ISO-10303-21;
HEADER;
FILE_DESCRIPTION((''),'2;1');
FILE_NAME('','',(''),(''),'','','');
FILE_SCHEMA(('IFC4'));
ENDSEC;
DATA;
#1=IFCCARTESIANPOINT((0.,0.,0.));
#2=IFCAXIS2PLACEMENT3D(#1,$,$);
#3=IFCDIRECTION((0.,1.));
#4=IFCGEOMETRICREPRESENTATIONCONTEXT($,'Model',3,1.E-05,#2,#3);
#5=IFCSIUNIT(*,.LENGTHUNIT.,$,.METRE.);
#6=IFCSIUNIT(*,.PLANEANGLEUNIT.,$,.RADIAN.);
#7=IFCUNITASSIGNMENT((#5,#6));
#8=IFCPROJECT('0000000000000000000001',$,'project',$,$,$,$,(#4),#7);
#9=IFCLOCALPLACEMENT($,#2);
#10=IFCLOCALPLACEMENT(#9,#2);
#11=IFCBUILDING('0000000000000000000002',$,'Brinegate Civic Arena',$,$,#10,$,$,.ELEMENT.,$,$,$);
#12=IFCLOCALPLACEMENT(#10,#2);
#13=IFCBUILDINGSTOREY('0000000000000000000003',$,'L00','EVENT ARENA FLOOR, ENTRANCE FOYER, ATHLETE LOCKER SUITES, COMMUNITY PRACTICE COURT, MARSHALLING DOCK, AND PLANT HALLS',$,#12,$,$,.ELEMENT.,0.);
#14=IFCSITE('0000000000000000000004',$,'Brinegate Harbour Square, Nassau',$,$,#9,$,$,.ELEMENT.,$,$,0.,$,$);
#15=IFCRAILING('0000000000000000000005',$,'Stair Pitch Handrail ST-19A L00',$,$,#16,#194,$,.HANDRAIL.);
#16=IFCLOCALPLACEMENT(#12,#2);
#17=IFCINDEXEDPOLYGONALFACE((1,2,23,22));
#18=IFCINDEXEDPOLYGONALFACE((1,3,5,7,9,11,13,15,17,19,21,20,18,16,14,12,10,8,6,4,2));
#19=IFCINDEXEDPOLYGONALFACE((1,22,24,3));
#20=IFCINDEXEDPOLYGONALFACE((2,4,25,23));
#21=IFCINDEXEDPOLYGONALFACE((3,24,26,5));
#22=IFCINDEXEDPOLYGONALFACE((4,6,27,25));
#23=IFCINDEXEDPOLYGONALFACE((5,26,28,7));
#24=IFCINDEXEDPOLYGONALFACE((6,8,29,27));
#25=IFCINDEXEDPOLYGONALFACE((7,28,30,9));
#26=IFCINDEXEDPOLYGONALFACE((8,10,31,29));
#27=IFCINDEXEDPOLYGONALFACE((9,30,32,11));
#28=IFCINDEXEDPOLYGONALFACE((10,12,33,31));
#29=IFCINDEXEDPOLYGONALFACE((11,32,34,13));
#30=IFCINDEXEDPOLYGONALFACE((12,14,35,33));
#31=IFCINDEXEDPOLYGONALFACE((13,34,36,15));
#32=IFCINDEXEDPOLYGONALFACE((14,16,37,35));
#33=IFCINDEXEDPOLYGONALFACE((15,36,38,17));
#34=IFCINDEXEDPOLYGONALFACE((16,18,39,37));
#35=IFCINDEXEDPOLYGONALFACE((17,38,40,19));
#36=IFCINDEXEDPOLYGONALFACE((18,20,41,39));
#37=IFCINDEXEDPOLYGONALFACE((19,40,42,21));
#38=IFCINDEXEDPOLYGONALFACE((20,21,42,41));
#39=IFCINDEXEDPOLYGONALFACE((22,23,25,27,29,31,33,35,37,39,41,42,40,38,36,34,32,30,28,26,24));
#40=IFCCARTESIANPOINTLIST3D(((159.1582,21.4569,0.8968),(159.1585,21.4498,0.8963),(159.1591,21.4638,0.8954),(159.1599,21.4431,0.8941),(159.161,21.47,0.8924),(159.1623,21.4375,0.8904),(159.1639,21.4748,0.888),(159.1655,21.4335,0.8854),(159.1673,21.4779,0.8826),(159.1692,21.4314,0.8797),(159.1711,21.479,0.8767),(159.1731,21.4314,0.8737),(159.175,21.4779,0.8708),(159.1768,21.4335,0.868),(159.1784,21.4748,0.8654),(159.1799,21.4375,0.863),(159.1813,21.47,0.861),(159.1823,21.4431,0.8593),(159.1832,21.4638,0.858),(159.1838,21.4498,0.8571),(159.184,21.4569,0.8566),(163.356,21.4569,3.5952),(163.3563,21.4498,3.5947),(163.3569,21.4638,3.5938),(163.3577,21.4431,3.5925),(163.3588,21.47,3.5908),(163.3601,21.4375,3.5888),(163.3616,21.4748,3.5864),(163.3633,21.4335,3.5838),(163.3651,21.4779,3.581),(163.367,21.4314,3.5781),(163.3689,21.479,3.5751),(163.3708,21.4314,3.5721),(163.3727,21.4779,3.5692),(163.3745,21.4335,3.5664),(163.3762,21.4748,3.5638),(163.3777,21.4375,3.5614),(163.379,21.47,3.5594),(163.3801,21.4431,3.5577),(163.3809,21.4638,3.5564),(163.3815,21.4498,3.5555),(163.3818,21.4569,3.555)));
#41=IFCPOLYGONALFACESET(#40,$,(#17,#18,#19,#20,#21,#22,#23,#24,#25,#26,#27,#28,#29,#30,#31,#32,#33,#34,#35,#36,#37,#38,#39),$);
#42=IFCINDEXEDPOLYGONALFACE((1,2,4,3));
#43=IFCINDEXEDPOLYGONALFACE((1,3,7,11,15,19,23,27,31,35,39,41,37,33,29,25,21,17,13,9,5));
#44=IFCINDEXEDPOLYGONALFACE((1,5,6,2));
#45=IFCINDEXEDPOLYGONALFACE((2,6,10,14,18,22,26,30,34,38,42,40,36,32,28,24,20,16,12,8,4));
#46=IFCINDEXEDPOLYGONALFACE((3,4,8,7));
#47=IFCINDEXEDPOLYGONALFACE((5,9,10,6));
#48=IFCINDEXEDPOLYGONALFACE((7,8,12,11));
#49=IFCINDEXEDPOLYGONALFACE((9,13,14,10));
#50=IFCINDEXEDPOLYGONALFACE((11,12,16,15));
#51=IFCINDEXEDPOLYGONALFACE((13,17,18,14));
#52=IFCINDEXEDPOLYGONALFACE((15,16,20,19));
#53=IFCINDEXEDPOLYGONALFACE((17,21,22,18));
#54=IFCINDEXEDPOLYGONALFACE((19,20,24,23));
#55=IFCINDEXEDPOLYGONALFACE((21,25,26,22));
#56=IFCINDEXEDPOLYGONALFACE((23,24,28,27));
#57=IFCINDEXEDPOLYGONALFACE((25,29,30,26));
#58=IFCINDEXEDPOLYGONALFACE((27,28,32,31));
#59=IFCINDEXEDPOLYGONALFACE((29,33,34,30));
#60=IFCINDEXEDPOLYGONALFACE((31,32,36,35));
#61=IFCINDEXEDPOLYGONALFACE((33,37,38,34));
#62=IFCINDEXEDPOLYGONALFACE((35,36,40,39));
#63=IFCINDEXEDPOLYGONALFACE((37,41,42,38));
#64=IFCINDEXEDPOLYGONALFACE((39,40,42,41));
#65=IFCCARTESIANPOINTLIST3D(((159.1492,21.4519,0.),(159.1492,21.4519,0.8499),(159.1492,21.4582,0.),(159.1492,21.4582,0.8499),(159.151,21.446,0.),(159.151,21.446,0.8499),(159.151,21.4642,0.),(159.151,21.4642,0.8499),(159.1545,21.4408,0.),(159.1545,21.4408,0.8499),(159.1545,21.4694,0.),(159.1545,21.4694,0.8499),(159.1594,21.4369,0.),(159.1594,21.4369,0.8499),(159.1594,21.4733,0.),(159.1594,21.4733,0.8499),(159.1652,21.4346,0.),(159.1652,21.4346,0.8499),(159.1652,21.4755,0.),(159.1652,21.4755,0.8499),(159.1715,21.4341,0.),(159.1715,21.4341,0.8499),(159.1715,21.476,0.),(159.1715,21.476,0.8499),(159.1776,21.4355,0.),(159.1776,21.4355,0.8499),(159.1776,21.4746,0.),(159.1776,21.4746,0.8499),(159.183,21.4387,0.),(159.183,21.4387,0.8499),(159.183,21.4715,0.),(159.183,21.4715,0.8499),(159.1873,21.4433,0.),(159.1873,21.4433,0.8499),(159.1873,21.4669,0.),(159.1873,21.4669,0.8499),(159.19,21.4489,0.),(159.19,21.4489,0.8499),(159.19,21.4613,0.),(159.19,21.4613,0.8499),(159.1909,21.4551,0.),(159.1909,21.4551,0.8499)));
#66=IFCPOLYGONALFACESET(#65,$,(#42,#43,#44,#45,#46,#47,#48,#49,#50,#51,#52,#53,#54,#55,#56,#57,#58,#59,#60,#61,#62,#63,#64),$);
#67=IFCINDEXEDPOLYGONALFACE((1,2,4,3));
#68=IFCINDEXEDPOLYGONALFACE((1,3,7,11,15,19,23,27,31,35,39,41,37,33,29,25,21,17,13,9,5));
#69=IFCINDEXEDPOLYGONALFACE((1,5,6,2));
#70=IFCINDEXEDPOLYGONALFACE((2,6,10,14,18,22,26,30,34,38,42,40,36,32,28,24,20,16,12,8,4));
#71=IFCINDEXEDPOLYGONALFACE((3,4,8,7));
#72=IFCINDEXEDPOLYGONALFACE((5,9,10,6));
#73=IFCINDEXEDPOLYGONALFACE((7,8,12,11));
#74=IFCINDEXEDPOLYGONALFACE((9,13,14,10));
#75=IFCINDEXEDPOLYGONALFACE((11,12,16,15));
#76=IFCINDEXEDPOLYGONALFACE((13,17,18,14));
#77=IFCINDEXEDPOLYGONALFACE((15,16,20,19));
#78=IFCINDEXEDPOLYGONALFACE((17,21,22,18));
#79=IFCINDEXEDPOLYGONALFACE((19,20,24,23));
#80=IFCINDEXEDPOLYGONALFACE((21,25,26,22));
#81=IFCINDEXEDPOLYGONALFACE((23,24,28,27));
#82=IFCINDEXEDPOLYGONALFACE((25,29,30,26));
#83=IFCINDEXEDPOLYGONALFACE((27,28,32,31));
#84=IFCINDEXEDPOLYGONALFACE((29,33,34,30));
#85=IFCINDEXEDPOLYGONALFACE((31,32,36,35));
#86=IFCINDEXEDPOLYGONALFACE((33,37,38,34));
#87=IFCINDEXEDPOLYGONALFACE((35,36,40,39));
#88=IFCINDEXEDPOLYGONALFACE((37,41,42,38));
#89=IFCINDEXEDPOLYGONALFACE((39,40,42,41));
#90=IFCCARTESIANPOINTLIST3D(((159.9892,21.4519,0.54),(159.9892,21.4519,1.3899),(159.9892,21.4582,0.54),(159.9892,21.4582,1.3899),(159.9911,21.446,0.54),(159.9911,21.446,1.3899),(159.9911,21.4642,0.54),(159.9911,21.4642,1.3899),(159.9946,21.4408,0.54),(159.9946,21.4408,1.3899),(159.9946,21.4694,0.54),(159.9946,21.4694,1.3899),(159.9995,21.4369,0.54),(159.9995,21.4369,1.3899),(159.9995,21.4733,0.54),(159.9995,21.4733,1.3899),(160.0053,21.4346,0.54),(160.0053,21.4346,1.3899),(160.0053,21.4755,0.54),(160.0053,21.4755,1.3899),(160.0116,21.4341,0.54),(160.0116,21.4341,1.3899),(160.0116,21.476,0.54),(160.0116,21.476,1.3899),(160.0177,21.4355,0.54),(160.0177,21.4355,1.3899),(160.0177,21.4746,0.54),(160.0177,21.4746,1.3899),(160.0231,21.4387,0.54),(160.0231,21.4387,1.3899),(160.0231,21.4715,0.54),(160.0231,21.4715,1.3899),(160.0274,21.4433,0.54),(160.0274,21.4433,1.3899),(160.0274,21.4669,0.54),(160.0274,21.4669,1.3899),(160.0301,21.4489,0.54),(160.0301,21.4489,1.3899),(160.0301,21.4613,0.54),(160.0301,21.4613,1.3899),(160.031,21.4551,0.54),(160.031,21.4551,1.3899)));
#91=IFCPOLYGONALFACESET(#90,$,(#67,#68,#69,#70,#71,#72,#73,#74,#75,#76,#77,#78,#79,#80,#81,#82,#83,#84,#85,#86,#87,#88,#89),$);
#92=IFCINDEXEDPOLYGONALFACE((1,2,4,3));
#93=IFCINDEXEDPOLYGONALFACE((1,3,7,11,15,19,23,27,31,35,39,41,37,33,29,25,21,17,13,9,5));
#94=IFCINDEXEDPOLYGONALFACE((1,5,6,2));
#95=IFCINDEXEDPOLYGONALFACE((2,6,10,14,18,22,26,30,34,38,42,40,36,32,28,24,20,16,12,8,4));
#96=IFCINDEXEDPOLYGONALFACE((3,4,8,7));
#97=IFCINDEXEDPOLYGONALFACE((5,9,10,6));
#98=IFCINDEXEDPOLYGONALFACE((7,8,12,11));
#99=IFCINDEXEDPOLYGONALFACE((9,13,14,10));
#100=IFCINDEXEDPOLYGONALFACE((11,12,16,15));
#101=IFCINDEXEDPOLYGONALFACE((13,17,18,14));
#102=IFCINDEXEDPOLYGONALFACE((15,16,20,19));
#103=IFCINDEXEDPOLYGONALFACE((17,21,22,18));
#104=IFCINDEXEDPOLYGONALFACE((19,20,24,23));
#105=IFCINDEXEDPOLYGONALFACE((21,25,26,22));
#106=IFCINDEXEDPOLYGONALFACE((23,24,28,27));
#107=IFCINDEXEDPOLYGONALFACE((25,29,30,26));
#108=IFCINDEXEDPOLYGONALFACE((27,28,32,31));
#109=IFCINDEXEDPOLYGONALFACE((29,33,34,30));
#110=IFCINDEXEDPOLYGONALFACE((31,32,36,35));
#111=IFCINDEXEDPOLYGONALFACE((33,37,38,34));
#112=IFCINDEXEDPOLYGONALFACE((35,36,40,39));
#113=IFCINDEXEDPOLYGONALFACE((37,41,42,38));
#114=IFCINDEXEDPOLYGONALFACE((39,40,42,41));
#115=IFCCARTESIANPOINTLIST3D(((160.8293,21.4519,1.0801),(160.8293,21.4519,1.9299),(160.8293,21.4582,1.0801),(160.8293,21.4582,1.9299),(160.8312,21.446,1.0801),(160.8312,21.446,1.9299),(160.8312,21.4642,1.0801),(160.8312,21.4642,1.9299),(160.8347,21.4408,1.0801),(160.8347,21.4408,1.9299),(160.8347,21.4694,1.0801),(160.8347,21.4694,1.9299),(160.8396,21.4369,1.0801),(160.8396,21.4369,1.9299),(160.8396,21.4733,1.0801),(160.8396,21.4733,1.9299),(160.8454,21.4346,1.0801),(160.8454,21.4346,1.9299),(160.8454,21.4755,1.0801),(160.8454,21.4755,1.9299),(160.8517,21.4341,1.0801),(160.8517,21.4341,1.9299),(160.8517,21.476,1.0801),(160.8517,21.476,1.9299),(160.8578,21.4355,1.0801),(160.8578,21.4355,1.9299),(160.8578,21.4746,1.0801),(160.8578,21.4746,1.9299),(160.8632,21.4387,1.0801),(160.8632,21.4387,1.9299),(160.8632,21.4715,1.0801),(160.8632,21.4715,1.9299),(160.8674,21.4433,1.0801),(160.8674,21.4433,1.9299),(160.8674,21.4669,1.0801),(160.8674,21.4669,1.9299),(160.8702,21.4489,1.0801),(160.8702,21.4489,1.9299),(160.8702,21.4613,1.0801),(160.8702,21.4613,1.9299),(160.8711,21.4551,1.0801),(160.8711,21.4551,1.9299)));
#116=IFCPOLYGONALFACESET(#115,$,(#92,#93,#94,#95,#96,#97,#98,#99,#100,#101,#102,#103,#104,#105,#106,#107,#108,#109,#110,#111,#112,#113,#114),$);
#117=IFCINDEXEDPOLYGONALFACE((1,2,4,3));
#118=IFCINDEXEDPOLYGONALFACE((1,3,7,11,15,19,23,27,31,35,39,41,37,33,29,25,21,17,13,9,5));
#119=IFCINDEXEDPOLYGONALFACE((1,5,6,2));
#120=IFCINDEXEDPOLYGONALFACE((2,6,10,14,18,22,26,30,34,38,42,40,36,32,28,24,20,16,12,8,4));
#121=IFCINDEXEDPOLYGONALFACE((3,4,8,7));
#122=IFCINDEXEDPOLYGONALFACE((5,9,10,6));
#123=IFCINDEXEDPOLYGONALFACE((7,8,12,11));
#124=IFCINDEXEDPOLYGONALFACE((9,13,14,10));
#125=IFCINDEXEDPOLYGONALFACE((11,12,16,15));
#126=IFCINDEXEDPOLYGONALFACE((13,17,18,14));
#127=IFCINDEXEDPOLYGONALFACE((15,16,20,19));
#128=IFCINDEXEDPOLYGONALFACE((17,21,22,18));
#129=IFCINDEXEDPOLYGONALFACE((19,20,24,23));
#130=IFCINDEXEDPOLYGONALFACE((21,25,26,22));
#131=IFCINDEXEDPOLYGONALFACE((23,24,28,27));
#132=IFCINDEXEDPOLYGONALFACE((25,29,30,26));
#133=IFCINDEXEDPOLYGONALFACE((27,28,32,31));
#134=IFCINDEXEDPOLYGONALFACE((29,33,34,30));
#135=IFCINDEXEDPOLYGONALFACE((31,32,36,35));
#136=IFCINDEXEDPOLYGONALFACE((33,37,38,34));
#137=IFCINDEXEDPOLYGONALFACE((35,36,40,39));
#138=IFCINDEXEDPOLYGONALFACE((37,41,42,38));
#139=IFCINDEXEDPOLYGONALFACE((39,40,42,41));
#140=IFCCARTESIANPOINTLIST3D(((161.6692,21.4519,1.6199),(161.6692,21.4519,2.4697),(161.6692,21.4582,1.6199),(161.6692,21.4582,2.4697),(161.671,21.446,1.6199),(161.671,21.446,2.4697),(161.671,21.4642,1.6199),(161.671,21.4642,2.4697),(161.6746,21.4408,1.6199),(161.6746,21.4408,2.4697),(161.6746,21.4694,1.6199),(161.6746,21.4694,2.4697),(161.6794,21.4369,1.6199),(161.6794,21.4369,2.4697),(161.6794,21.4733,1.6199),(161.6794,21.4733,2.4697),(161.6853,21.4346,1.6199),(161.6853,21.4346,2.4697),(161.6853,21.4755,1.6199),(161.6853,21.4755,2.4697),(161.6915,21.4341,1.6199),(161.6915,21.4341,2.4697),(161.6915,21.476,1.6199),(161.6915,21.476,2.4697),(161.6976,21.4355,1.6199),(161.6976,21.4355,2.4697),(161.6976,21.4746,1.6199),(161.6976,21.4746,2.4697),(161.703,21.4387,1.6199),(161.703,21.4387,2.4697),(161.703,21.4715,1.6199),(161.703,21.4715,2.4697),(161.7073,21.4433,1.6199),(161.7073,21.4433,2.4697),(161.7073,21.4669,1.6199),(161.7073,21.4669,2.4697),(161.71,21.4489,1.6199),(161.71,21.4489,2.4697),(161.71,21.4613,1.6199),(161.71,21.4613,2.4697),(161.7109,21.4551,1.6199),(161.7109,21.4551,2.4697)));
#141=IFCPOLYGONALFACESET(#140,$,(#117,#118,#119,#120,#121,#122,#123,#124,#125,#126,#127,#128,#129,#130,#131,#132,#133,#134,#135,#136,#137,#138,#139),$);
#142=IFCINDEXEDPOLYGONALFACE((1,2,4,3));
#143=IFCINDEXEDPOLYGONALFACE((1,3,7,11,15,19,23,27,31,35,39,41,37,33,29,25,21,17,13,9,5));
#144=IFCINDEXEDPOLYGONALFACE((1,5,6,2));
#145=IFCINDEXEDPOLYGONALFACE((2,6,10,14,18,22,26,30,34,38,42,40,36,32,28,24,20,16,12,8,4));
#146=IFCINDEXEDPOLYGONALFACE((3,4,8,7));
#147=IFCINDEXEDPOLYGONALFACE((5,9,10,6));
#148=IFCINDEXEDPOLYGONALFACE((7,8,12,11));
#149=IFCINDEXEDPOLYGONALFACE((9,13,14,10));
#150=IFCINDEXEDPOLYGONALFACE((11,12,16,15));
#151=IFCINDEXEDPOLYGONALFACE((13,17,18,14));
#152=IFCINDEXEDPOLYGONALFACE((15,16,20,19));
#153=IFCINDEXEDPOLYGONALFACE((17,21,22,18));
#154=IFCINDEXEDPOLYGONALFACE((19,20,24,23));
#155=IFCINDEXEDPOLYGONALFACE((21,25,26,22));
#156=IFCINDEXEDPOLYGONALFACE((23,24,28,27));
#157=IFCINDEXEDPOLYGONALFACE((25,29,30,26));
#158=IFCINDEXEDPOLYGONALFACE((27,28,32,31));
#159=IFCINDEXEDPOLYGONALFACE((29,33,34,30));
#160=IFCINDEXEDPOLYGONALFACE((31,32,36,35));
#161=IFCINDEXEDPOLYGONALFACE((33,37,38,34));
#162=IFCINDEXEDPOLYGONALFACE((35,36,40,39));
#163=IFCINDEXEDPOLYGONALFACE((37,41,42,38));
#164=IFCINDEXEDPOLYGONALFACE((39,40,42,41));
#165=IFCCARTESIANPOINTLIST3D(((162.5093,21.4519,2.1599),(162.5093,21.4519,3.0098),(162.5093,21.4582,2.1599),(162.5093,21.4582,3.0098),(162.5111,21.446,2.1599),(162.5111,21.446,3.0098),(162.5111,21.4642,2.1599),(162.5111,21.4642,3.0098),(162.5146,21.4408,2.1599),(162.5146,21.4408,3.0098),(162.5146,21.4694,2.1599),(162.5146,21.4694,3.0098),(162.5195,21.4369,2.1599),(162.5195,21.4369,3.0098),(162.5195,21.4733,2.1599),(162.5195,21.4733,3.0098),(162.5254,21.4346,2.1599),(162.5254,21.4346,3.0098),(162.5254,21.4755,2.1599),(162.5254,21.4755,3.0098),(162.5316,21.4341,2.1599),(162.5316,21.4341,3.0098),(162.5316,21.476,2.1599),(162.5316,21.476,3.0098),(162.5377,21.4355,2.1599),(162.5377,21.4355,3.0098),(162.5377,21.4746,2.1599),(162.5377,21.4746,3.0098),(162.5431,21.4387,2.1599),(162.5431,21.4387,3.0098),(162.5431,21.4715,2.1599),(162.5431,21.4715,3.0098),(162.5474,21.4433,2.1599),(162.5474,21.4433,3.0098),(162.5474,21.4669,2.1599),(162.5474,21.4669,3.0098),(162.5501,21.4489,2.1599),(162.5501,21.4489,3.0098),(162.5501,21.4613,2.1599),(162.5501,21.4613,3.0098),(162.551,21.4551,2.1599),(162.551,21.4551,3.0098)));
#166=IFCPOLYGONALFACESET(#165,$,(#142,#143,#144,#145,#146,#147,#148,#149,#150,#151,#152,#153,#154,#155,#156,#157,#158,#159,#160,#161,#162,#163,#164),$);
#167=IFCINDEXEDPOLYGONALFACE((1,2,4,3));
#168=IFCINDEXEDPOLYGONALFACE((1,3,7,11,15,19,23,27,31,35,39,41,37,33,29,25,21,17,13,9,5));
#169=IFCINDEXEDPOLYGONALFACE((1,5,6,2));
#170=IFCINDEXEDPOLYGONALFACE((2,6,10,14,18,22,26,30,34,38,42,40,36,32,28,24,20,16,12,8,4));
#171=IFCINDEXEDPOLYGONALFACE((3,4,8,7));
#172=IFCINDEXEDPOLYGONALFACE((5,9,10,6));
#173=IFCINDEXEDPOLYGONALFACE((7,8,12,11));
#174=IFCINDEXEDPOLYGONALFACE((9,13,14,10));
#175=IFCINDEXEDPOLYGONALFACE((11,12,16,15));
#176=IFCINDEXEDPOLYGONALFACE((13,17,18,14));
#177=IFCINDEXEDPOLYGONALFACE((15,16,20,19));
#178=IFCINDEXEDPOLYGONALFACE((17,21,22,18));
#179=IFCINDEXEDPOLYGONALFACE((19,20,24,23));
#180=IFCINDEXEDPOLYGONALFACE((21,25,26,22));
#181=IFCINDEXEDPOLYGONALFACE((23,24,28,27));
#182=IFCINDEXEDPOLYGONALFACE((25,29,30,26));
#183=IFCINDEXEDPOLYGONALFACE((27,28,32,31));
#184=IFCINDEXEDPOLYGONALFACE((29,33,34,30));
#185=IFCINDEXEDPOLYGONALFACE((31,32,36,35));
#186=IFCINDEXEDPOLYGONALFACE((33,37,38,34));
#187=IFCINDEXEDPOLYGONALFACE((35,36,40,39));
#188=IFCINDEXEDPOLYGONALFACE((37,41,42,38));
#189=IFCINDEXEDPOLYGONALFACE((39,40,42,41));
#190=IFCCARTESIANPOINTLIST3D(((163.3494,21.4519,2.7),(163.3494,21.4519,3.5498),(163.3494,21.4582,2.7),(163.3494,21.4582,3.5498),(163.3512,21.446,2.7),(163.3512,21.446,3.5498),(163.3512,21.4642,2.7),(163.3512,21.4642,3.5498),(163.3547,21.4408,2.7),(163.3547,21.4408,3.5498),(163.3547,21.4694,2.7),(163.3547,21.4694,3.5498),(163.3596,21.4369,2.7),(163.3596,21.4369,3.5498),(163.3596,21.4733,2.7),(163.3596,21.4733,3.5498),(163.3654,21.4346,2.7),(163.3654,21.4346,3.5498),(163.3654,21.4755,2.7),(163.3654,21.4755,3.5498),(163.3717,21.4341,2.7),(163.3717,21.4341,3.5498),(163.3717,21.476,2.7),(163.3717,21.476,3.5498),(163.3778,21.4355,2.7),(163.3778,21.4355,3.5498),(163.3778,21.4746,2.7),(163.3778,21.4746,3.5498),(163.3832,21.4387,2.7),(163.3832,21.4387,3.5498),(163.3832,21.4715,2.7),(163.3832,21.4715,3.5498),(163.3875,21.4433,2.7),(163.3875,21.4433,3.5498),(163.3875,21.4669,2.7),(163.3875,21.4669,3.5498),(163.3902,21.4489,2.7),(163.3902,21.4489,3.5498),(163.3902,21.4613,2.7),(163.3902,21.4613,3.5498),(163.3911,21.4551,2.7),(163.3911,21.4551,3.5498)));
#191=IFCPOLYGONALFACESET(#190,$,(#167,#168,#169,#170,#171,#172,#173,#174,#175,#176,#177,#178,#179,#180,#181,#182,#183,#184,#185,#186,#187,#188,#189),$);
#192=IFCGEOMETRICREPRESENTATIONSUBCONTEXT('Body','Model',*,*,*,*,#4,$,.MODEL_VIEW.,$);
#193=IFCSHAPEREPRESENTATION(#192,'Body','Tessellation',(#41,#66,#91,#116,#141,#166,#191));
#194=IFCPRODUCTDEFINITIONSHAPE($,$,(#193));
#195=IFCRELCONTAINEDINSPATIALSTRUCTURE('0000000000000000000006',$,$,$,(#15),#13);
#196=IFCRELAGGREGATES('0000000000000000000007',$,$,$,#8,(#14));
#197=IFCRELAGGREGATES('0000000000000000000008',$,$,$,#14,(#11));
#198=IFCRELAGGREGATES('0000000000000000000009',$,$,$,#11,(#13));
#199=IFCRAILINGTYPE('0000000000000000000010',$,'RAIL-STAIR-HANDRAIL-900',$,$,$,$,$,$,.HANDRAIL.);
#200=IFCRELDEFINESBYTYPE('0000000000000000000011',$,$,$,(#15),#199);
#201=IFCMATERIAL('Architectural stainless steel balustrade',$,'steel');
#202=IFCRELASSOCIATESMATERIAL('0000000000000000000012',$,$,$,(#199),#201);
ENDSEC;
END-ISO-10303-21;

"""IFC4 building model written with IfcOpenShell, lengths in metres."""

from ifc_helpers import new_model, si_unit, direction, frame, origin, origin_2d, place, context, subcontext, project, spatial, circle, extrude, material, type_object, element, save


model = new_model("IFC4")

# Units and contexts
model_context = context("Model", 3, precision=1e-05, world=origin(), true_north=direction((0.0, 1.0)))
body_context = subcontext(model_context, "Body", "Model", "MODEL_VIEW")
ifc_project = project(units=[si_unit("LENGTHUNIT", "METRE"), si_unit("PLANEANGLEUNIT", "RADIAN")], contexts=[model_context])

# Site, building, storey
site_placement = place(None, origin())
site = spatial("IfcSite", under=ifc_project, at=site_placement, Name="Brinegate Harbour Square, Nassau", CompositionType="ELEMENT", RefElevation=0.0)
building_placement = place(site_placement, origin())
building = spatial("IfcBuilding", under=site, at=building_placement, Name="Brinegate Civic Arena", CompositionType="ELEMENT")
storey_placement = place(building_placement, origin())
storey = spatial("IfcBuildingStorey", under=building, at=storey_placement, Name="L00", Description="EVENT ARENA FLOOR, ENTRANCE FOYER, ATHLETE LOCKER SUITES, COMMUNITY PRACTICE COURT, MARSHALLING DOCK, AND PLANT HALLS", CompositionType="ELEMENT", Elevation=0.0)

# Railing
ifc_material_1 = material(Name="Architectural stainless steel balustrade", Category="steel")
railing_type = type_object("IfcRailingType", Name="RAIL-STAIR-HANDRAIL-900", PredefinedType="HANDRAIL", material=ifc_material_1)
for number, where, name in (
    (1, (159.1699, 21.4551, 0.0), "Stair Pitch Handrail ST-19A L00"),
):
    element("IfcRailing", number, at=place(storey_placement, frame(where)), inside=storey, type_object=railing_type, Name=name, PredefinedType="HANDRAIL", context=body_context, shape_type="SweptSolid", body=[
        extrude(circle(Radius=0.0239, at=origin_2d()), frame((0.0012, 0.0, 0.8767), z_axis=(0.841194, 0.0, 0.540733), x_axis=(0.0, 1.0, 0.0)), (0.0, 0.0, 1.0), 4.9902),
        extrude(circle(Radius=0.021, at=origin_2d()), origin(), (0.0, 0.0, 1.0), 0.8499),
        extrude(circle(Radius=0.021, at=origin_2d()), frame((0.8401, 0.0, 0.54)), (0.0, 0.0, 1.0), 0.8499),
        extrude(circle(Radius=0.021, at=origin_2d()), frame((1.6802, 0.0, 1.0801)), (0.0, 0.0, 1.0), 0.8499),
        extrude(circle(Radius=0.021, at=origin_2d()), frame((2.52, 0.0, 1.6199)), (0.0, 0.0, 1.0), 0.8499),
        extrude(circle(Radius=0.021, at=origin_2d()), frame((3.3601, 0.0, 2.1599)), (0.0, 0.0, 1.0), 0.8499),
        extrude(circle(Radius=0.021, at=origin_2d()), frame((4.2002, 0.0, 2.7)), (0.0, 0.0, 1.0), 0.8499),
    ])

save(model, "model.ifc")
